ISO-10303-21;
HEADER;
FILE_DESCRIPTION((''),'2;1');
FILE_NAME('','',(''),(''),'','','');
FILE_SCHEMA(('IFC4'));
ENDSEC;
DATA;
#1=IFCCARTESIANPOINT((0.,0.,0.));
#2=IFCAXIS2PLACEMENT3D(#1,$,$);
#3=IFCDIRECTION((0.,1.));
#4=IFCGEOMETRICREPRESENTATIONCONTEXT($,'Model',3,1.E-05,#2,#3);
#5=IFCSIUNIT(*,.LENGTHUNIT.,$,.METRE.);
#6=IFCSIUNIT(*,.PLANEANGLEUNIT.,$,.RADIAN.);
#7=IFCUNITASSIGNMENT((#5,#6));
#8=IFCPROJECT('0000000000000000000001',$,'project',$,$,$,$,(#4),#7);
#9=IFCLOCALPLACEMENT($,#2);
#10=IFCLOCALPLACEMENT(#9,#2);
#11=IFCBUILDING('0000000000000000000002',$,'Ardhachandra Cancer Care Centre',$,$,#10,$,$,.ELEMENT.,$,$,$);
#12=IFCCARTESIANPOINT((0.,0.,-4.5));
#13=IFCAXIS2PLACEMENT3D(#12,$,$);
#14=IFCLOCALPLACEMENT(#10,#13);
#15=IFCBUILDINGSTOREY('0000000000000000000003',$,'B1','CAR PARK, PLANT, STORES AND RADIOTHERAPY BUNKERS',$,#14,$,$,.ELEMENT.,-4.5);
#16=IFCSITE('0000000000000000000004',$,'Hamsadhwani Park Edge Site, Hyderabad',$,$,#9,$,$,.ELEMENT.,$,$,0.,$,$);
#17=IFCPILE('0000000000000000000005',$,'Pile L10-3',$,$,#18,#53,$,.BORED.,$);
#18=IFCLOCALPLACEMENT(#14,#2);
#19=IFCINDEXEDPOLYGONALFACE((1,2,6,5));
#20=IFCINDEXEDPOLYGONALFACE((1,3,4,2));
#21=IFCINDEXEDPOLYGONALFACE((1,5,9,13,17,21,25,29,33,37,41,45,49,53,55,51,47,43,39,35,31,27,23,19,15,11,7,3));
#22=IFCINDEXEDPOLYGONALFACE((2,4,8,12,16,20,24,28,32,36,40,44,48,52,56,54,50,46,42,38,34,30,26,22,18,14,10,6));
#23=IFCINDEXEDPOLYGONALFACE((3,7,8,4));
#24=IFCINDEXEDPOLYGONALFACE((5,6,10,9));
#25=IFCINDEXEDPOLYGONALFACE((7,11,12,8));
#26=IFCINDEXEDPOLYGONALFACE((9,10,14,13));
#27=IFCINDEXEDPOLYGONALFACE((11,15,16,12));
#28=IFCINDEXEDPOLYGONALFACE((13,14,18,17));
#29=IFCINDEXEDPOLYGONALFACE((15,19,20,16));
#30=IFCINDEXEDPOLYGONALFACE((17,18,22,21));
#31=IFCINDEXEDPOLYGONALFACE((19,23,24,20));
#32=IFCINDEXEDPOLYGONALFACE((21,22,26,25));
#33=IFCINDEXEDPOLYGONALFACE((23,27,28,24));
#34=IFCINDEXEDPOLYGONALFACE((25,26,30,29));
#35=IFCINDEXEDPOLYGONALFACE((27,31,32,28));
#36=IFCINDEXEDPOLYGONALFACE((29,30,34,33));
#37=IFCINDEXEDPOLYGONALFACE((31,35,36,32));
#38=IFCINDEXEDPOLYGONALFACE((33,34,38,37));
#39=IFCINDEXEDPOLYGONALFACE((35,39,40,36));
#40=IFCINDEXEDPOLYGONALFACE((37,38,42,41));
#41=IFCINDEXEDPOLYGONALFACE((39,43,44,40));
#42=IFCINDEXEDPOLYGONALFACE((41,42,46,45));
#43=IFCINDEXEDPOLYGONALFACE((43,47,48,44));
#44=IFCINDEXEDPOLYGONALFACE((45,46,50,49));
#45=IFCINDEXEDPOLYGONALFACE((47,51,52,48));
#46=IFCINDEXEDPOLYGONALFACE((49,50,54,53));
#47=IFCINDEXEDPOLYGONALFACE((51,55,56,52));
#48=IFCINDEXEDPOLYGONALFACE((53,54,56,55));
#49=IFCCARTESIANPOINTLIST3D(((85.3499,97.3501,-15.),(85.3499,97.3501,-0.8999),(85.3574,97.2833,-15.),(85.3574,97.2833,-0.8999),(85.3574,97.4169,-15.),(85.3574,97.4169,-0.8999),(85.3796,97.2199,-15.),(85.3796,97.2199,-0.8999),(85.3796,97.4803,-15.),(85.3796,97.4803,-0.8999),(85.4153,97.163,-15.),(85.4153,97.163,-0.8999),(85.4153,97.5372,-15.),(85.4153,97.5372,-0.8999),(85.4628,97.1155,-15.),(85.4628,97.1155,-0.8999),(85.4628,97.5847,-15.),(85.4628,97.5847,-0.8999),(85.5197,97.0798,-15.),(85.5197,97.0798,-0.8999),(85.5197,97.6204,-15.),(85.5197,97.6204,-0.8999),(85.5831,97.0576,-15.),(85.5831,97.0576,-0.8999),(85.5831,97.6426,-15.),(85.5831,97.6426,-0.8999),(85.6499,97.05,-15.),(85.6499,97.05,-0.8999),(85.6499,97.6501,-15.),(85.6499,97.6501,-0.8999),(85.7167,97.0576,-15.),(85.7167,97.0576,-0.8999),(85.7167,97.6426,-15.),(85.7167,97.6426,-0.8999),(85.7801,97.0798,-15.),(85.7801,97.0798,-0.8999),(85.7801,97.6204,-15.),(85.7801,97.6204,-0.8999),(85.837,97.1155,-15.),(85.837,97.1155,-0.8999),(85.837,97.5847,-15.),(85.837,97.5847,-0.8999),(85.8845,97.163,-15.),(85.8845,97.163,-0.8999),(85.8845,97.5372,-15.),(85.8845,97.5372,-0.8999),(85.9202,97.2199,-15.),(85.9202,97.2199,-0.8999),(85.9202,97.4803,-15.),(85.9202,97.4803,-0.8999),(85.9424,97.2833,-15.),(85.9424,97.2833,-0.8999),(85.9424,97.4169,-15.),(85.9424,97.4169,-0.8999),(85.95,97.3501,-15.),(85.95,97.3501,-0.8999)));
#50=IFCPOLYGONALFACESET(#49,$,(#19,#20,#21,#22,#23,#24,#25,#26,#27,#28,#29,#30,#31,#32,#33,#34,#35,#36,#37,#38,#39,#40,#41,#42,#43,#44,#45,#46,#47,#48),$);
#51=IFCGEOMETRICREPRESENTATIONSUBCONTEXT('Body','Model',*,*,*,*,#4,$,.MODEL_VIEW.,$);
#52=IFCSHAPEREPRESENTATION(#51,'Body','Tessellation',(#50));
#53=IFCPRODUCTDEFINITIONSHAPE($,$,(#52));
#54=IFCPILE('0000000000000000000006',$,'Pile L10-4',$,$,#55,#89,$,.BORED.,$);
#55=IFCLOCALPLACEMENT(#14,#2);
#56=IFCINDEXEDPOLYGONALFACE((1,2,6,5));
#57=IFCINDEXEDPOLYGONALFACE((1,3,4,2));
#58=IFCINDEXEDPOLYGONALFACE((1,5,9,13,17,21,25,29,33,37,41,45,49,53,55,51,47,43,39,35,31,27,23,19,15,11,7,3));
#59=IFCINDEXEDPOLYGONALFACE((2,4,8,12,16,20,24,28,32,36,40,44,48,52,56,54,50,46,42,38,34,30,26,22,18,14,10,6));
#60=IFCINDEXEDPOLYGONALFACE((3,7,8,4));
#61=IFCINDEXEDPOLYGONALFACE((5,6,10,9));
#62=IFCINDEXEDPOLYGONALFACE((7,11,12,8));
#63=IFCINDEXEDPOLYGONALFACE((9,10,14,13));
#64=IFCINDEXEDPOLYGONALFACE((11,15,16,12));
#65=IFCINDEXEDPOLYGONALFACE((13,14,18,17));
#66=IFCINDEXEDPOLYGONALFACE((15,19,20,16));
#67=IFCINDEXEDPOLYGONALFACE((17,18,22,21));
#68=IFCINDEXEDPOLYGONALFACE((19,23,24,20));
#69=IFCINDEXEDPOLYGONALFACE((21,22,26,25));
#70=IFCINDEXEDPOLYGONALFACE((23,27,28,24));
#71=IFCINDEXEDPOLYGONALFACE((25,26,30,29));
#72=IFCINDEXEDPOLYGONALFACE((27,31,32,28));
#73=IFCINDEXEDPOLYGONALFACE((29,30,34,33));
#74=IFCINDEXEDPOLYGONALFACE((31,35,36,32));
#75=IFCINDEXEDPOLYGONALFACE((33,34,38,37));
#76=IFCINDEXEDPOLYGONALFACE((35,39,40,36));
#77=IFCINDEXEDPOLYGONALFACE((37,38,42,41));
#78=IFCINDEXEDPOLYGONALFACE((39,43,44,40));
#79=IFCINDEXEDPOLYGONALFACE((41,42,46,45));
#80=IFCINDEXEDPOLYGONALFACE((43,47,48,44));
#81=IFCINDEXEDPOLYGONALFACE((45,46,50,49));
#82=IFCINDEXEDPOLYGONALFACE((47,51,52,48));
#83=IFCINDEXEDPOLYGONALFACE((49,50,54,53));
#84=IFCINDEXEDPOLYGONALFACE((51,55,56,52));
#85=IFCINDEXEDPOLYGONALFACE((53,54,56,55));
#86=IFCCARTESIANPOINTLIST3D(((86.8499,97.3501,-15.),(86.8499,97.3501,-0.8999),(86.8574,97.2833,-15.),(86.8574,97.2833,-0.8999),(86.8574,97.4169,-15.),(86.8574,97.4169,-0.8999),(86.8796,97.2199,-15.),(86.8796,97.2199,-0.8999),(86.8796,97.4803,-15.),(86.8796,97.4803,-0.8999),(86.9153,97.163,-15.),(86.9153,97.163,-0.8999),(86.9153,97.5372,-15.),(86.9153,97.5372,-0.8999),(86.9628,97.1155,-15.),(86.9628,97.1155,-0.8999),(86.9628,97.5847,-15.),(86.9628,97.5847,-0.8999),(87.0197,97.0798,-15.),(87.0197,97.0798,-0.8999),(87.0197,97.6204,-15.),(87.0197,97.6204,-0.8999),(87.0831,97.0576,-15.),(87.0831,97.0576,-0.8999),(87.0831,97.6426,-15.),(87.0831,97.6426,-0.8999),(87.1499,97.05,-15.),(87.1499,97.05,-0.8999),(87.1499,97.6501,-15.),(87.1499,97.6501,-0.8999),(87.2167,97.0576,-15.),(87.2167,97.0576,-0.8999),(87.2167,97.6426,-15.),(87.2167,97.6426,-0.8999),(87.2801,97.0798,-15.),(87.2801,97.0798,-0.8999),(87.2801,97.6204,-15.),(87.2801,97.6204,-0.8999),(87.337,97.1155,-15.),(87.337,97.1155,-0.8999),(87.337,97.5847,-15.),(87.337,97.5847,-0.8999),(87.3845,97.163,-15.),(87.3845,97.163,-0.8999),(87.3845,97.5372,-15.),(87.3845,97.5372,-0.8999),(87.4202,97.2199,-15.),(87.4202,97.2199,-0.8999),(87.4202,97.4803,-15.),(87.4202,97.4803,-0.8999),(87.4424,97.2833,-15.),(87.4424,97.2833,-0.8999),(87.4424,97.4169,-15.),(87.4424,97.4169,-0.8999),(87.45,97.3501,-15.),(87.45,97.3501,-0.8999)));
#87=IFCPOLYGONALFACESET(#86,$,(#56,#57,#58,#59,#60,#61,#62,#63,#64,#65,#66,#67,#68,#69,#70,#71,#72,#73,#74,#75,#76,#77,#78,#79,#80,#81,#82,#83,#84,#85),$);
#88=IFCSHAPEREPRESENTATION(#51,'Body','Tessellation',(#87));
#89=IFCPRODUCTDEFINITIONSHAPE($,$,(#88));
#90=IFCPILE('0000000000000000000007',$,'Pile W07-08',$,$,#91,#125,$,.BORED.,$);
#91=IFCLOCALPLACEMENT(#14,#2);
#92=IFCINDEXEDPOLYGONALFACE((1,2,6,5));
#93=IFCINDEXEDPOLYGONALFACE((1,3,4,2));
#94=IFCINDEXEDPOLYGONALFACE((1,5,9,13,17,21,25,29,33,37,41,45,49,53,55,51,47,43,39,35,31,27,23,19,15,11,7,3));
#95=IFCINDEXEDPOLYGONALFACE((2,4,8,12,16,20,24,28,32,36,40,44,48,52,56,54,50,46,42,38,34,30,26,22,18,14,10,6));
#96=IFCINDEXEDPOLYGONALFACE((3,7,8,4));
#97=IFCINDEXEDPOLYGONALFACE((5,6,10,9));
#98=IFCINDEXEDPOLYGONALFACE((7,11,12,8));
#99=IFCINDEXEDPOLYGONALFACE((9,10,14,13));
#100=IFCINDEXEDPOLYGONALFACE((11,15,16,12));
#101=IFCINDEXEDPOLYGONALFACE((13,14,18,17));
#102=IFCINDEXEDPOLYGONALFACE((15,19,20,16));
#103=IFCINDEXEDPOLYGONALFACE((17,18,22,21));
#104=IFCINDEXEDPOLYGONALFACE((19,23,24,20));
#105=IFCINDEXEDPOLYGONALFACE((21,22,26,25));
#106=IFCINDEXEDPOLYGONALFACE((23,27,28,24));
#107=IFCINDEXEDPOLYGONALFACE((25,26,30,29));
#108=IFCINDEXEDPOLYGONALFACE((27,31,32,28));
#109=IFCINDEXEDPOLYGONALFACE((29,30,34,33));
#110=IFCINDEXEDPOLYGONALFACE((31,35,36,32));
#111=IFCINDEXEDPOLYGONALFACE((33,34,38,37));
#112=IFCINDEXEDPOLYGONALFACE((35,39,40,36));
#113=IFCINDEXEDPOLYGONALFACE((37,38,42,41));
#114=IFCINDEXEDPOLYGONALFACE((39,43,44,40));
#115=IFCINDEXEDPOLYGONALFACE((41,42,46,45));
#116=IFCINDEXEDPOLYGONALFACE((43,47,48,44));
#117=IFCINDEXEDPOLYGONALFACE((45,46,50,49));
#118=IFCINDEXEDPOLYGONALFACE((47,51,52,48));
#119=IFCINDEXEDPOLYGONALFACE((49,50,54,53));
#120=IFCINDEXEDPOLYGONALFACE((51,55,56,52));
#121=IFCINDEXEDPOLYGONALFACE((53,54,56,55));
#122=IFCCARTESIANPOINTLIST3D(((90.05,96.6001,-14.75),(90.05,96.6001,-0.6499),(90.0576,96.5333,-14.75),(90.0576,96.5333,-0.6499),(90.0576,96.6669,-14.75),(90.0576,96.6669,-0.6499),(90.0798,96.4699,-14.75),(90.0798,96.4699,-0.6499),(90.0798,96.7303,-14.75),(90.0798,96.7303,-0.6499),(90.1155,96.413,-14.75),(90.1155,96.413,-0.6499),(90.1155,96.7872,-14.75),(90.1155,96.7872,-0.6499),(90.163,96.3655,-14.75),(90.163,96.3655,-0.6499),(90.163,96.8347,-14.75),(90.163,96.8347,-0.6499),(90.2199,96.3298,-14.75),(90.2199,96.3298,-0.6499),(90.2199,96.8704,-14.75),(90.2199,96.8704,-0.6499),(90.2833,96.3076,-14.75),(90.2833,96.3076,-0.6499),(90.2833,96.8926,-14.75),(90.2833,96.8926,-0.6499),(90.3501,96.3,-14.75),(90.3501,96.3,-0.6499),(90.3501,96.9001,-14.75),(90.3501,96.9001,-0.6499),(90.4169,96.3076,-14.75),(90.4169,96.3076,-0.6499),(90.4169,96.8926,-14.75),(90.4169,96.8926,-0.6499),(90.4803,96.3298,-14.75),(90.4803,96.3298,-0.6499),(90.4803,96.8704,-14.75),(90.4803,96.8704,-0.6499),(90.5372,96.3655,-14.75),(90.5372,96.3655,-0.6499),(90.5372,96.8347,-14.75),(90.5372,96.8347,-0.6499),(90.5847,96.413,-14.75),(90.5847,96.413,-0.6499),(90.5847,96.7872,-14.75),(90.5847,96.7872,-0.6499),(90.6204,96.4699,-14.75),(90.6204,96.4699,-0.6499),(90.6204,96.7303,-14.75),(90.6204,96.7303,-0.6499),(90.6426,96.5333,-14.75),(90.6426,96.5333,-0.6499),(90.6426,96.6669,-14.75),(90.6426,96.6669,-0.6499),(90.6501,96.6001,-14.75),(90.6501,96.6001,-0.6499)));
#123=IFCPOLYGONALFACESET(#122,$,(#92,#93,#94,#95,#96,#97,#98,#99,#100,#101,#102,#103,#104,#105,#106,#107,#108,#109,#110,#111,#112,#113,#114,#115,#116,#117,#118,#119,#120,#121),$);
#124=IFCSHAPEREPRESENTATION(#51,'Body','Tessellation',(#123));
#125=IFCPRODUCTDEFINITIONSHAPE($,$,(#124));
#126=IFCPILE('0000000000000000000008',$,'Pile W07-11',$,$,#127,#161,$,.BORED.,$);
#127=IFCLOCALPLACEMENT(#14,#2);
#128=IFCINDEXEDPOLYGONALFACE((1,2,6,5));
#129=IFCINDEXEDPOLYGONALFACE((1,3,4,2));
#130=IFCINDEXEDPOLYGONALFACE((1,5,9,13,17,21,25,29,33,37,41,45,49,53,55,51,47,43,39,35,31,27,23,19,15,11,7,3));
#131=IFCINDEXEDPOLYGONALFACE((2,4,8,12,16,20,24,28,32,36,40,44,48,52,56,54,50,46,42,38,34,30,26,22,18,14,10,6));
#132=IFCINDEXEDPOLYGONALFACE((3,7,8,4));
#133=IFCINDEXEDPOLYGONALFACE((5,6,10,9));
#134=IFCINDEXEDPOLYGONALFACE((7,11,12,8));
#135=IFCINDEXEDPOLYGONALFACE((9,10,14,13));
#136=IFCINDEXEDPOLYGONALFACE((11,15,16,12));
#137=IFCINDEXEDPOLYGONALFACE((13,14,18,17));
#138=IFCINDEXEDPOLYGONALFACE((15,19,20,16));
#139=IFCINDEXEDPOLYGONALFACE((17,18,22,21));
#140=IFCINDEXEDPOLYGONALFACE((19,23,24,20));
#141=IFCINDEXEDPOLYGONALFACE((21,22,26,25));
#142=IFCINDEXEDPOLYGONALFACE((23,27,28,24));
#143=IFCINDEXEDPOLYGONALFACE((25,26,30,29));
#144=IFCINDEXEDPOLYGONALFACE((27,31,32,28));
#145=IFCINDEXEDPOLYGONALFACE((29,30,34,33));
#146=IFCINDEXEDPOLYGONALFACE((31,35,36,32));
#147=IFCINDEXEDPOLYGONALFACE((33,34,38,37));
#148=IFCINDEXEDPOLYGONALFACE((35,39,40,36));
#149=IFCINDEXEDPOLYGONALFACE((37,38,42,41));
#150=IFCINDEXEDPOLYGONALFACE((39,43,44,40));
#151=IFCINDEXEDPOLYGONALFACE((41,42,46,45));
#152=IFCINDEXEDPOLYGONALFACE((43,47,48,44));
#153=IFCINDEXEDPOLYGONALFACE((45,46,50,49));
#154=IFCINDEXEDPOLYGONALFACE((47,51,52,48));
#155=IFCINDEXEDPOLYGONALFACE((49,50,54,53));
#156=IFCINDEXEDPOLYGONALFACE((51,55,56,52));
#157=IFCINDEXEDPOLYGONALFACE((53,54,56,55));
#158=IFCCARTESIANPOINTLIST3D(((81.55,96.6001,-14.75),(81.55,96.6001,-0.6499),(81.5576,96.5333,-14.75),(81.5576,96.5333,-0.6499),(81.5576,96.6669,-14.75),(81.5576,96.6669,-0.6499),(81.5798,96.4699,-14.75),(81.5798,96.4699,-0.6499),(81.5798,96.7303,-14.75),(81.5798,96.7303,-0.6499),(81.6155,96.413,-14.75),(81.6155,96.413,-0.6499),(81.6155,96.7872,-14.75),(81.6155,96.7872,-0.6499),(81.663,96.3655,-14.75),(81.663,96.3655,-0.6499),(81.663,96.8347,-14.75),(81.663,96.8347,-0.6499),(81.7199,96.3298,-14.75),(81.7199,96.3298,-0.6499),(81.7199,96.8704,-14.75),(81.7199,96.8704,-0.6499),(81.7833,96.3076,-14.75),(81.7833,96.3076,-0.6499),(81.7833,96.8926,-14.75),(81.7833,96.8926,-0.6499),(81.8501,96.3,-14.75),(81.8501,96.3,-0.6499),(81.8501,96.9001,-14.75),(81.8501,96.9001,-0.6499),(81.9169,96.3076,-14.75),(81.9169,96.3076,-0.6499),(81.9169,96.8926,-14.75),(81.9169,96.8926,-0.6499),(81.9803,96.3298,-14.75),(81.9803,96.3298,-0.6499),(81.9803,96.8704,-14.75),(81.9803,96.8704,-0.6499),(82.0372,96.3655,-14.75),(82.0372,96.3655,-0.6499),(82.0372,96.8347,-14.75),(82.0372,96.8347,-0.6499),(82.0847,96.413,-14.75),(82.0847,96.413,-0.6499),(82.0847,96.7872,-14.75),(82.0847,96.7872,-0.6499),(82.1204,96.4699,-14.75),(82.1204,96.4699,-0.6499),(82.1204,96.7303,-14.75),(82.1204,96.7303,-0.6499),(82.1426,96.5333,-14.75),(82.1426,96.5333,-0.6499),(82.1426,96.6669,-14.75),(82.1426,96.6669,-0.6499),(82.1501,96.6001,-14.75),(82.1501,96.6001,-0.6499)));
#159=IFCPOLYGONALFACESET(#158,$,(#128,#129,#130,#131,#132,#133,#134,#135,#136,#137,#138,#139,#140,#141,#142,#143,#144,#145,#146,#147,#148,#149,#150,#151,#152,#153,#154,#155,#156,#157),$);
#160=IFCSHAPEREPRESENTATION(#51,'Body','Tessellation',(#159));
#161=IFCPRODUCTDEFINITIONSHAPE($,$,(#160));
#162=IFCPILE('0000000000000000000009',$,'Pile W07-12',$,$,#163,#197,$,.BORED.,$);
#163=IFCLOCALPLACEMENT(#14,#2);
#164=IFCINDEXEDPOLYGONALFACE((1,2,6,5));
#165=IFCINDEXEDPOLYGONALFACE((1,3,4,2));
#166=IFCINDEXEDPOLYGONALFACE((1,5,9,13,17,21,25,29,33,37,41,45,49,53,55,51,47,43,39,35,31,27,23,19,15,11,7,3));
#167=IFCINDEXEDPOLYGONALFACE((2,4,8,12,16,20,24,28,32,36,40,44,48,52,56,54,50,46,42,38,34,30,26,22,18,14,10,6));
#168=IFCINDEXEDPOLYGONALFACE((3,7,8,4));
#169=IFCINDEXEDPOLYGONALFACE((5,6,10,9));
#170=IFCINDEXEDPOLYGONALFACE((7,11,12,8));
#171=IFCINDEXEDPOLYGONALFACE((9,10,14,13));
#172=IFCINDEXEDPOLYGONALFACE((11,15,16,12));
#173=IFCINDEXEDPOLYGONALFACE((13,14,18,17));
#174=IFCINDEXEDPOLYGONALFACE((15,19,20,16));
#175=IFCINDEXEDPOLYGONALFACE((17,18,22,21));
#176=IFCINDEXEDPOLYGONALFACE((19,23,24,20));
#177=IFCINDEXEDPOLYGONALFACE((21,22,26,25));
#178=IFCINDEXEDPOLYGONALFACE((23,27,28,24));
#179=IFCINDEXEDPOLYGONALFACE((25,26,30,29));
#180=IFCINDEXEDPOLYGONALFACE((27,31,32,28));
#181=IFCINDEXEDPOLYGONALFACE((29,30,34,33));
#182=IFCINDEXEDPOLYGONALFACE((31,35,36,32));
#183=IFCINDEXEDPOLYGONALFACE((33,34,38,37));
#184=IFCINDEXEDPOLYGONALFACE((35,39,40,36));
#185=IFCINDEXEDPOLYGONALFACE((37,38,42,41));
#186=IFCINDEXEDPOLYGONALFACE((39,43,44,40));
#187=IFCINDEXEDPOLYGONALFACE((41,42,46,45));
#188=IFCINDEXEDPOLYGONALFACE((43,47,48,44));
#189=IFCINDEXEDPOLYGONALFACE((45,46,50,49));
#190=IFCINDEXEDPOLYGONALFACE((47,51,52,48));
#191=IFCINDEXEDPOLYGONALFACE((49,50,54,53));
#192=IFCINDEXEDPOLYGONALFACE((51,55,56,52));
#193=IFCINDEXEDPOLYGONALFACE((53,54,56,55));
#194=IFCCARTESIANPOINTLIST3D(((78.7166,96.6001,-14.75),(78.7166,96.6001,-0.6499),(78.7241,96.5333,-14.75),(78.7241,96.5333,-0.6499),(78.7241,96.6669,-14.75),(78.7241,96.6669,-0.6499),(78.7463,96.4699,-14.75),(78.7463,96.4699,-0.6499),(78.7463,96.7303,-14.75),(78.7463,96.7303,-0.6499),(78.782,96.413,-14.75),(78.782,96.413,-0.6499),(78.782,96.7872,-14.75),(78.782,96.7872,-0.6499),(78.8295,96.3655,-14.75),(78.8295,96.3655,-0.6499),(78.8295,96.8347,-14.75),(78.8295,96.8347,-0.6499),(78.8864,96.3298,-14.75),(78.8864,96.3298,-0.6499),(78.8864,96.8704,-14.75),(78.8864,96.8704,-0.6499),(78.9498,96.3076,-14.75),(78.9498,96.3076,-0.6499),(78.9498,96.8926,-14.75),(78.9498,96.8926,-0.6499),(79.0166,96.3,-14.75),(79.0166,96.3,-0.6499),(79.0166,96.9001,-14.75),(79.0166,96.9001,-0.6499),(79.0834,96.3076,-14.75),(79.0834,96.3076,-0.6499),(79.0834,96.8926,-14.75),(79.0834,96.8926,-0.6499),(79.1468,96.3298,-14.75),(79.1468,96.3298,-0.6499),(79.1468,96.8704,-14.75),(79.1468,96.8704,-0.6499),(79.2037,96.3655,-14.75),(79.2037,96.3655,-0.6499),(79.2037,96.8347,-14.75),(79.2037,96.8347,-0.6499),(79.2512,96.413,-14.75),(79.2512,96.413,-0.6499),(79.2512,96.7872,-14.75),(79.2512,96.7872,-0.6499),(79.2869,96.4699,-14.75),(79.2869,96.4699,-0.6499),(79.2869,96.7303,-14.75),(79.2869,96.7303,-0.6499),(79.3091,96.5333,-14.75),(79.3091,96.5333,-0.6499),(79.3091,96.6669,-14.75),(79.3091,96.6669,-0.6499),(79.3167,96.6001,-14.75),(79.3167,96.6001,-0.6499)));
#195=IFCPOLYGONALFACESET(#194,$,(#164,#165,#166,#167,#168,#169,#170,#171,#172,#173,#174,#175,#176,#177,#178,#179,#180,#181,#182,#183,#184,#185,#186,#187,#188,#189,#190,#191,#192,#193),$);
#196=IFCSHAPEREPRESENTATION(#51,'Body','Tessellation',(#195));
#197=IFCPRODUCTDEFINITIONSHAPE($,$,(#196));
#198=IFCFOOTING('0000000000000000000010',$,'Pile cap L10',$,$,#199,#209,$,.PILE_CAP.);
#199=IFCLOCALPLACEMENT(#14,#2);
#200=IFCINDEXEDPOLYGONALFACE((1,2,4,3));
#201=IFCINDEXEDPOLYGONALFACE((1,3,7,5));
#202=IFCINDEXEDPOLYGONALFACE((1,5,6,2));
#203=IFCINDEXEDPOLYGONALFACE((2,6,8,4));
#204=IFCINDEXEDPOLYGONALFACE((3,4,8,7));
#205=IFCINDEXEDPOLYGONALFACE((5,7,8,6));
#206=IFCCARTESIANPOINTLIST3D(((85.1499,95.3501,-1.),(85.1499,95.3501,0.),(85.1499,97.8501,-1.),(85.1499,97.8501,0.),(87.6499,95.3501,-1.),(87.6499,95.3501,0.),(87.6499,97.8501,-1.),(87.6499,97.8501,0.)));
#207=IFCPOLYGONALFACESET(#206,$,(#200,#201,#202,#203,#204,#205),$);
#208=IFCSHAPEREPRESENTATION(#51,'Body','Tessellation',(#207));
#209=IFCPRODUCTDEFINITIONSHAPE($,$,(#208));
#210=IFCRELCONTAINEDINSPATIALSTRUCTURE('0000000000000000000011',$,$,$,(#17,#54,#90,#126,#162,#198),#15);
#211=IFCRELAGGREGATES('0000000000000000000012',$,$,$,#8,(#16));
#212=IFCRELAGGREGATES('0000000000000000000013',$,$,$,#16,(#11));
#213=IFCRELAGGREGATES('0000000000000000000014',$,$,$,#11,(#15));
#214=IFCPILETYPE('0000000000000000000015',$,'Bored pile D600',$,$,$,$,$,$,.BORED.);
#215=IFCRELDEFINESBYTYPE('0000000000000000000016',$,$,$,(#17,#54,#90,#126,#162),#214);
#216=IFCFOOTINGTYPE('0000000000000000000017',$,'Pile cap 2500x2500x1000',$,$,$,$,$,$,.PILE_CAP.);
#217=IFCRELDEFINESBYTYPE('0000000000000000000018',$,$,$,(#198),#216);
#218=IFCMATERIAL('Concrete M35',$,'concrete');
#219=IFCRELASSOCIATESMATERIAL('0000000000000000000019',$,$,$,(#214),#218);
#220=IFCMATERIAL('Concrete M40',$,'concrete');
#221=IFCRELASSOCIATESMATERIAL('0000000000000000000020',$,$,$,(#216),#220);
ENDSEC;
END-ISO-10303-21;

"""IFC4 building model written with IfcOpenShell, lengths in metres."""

from ifc_helpers import new_model, si_unit, direction, frame, origin, origin_2d, place, context, subcontext, project, spatial, rectangle, circle, extrude, material, material_profile, profile_set, type_object, element, save


model = new_model("IFC4")

# Units and contexts
model_context = context("Model", 3, precision=1e-05, world=origin(), true_north=direction((0.0, 1.0)))
body_context = subcontext(model_context, "Body", "Model", "MODEL_VIEW")
ifc_project = project(units=[si_unit("LENGTHUNIT", "METRE"), si_unit("PLANEANGLEUNIT", "RADIAN")], contexts=[model_context])

# Site, building, storey
site_placement = place(None, origin())
site = spatial("IfcSite", under=ifc_project, at=site_placement, Name="Hamsadhwani Park Edge Site, Hyderabad", CompositionType="ELEMENT", RefElevation=0.0)
building_placement = place(site_placement, origin())
building = spatial("IfcBuilding", under=site, at=building_placement, Name="Ardhachandra Cancer Care Centre", CompositionType="ELEMENT")
storey_placement = place(building_placement, frame((0.0, 0.0, -4.5)))
storey = spatial("IfcBuildingStorey", under=building, at=storey_placement, Name="B1", Description="CAR PARK, PLANT, STORES AND RADIOTHERAPY BUNKERS", CompositionType="ELEMENT", Elevation=-4.5)

# Piles
ifc_material_1 = material(Name="Concrete M35", Category="concrete")
ifc_material_profile_1 = material_profile(ifc_material_1, circle(Radius=0.3, at=origin_2d()), Name="D600")
ifc_profile_set_1 = profile_set([ifc_material_profile_1], Name="Concrete M35")
pile_type = type_object("IfcPileType", Name="Bored pile D600", PredefinedType="BORED", material=ifc_profile_set_1)
for number, where, z_axis, x_axis, name in (
    (1, (85.6499, 97.3501, -0.8999), (0.0, 0.0, -1.0), (1.0, 0.0, 0.0), "Pile L10-3"),
    (2, (87.1499, 97.3501, -0.8999), (0.0, 0.0, -1.0), (1.0, 0.0, 0.0), "Pile L10-4"),
    (3, (90.3501, 96.6001, -0.6499), (0.0, 0.0, -1.0), (1.0, 0.0, 0.0), "Pile W07-08"),
    (4, (81.8501, 96.6001, -0.6499), (0.0, 0.0, -1.0), (1.0, 0.0, 0.0), "Pile W07-11"),
    (5, (79.0166, 96.6001, -0.6499), (0.0, 0.0, -1.0), (1.0, 0.0, 0.0), "Pile W07-12"),
):
    element("IfcPile", number, at=place(storey_placement, frame(where, z_axis=z_axis, x_axis=x_axis)), inside=storey, type_object=pile_type, Name=name, PredefinedType="BORED", context=body_context, shape_type="SweptSolid", body=[
        extrude(circle(Radius=0.3, at=origin_2d()), origin(), (0.0, 0.0, 1.0), 14.1001),
    ])

# Footing
ifc_material_2 = material(Name="Concrete M40", Category="concrete")
footing_type = type_object("IfcFootingType", Name="Pile cap 2500x2500x1000", PredefinedType="PILE_CAP", material=ifc_material_2)
footing_placement = place(storey_placement, frame((86.3999, 96.6001, -1.0), z_axis=(0.0, 0.0, 1.0), x_axis=(1.0, 0.0, 0.0)))
element("IfcFooting", 6, at=footing_placement, inside=storey, type_object=footing_type, Name="Pile cap L10", PredefinedType="PILE_CAP", context=body_context, shape_type="SweptSolid", body=[
    extrude(rectangle(XDim=2.5, YDim=2.5, at=origin_2d()), origin(), (0.0, 0.0, 1.0), 1.0),
])

save(model, "model.ifc")
